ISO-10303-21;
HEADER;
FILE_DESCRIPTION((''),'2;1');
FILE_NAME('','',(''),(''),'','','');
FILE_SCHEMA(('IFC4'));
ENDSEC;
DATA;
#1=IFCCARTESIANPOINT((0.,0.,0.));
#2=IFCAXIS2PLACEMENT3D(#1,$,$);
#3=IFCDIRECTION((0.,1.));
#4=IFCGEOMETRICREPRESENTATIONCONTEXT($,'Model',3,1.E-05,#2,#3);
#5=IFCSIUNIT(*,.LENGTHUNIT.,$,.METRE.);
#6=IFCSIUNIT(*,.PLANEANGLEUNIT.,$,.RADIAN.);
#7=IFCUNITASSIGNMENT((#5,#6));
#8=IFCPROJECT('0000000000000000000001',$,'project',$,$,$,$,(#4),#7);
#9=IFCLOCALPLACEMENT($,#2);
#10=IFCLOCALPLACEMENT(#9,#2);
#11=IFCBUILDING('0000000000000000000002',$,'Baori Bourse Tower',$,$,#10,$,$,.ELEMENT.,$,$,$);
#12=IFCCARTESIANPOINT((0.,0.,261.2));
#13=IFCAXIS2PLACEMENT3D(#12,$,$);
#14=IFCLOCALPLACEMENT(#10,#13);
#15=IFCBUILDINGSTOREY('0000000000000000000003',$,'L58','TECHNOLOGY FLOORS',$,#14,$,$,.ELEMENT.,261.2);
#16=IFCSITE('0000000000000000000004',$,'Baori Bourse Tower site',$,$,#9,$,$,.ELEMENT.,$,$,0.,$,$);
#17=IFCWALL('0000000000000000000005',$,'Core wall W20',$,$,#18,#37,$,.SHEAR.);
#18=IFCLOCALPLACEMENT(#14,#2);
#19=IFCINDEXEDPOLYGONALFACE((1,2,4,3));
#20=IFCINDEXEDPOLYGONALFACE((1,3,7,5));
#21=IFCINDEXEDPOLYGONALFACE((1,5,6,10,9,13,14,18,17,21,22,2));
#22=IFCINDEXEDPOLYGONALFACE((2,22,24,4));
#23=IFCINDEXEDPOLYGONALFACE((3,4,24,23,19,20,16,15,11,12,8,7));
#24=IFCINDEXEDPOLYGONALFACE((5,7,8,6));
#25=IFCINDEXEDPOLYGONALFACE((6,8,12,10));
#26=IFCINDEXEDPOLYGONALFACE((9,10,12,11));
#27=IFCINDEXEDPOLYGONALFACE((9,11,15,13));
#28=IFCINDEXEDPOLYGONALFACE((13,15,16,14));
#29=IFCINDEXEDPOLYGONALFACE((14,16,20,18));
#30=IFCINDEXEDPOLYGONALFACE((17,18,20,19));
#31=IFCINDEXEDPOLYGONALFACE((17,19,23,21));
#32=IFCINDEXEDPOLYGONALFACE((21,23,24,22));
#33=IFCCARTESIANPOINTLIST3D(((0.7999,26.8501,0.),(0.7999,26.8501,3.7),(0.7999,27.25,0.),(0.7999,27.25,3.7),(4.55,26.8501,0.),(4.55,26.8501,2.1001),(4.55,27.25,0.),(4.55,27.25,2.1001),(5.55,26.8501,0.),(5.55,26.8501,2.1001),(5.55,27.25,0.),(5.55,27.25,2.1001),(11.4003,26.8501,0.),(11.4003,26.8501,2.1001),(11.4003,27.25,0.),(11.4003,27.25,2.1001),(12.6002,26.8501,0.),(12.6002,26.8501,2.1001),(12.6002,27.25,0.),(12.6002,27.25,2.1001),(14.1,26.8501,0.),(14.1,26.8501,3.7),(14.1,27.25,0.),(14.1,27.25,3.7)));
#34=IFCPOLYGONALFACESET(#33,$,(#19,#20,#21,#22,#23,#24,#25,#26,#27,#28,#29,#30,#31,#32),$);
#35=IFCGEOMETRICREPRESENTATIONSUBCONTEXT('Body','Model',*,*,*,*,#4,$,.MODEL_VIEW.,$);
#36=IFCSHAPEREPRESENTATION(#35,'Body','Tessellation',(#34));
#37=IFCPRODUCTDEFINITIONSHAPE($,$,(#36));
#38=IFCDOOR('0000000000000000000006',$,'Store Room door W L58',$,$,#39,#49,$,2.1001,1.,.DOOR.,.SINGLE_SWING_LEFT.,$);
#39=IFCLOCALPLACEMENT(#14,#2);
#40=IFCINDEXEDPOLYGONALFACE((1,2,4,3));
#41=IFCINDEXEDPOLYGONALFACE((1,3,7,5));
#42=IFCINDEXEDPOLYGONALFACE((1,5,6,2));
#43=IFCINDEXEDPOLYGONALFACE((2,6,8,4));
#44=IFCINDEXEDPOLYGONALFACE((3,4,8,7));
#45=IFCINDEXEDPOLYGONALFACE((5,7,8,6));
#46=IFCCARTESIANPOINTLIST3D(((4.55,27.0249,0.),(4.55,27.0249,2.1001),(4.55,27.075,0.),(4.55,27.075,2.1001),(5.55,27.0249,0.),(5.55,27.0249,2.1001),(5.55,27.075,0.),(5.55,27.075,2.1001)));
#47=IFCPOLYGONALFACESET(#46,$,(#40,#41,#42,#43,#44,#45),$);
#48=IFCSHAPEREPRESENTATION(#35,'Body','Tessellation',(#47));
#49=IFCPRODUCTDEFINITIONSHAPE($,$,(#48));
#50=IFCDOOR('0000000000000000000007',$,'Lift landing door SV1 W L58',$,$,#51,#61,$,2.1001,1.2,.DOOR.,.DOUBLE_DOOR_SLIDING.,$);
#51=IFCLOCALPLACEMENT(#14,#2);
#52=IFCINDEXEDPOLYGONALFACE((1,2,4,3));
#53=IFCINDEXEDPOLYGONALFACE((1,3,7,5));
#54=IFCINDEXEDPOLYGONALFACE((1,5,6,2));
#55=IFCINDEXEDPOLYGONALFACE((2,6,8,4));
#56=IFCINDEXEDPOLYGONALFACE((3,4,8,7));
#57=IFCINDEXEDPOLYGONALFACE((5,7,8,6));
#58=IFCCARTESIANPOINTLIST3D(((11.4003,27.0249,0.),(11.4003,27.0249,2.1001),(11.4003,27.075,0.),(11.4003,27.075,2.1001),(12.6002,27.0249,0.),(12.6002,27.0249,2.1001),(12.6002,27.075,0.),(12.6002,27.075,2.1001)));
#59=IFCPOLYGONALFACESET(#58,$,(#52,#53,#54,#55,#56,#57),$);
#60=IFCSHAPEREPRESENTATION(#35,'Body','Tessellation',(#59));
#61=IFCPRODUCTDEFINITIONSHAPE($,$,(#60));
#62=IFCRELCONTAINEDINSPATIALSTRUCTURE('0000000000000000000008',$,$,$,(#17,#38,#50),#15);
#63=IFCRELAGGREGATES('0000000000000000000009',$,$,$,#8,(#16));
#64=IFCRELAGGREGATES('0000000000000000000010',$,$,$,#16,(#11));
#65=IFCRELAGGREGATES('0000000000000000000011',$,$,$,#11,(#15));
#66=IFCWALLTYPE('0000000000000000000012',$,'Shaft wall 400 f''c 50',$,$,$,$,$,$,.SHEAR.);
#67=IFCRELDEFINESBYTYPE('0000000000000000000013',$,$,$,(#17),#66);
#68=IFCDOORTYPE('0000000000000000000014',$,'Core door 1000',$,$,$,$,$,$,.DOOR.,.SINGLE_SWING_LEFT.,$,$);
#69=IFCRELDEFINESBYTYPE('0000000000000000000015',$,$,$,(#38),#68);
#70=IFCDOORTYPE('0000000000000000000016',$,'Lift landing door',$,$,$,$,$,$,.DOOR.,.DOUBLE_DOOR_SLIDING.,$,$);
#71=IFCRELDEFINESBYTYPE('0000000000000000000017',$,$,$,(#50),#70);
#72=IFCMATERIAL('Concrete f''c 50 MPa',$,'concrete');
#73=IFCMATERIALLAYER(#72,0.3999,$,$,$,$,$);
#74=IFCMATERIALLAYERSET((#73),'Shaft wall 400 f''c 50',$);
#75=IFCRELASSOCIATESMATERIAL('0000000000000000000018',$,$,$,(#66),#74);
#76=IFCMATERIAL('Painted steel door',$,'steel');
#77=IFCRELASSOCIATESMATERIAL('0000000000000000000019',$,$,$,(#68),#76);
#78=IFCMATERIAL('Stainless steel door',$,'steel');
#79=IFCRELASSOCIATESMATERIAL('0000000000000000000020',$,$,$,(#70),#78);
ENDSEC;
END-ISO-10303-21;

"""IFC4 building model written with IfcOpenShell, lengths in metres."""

from ifc_helpers import new_model, si_unit, direction, frame, frame_2d, origin, place, context, subcontext, project, spatial, rectangle, extrude, material, layer, layer_set, type_object, element, fill, save


model = new_model("IFC4")

# Units and contexts
model_context = context("Model", 3, precision=1e-05, world=origin(), true_north=direction((0.0, 1.0)))
body_context = subcontext(model_context, "Body", "Model", "MODEL_VIEW")
ifc_project = project(units=[si_unit("LENGTHUNIT", "METRE"), si_unit("PLANEANGLEUNIT", "RADIAN")], contexts=[model_context])

# Site, building, storey
site_placement = place(None, origin())
site = spatial("IfcSite", under=ifc_project, at=site_placement, Name="Baori Bourse Tower site", CompositionType="ELEMENT", RefElevation=0.0)
building_placement = place(site_placement, origin())
building = spatial("IfcBuilding", under=site, at=building_placement, Name="Baori Bourse Tower", CompositionType="ELEMENT")
storey_placement = place(building_placement, frame((0.0, 0.0, 261.2)))
storey = spatial("IfcBuildingStorey", under=building, at=storey_placement, Name="L58", Description="TECHNOLOGY FLOORS", CompositionType="ELEMENT", Elevation=261.2)

# Wall, openings, doors
ifc_material_1 = material(Name="Concrete f'c 50 MPa", Category="concrete")
ifc_layer_1 = layer(ifc_material_1, 0.3999)
ifc_layer_set_1 = layer_set([ifc_layer_1], Name="Shaft wall 400 f'c 50")
wall_type_1 = type_object("IfcWallType", Name="Shaft wall 400 f'c 50", PredefinedType="SHEAR", material=ifc_layer_set_1)
wall_1_placement = place(storey_placement, frame((0.8, 27.05, 0.0), z_axis=(0.0, 0.0, 1.0), x_axis=(1.0, 0.0, 0.0)))
wall_1 = element("IfcWall", 1, at=wall_1_placement, inside=storey, type_object=wall_type_1, Name="Core wall W20", PredefinedType="SHEAR", context=body_context, shape_type="SweptSolid", body=[
    extrude(rectangle(XDim=13.3, YDim=0.3999, at=frame_2d((6.6499, 0.0))), origin(), (0.0, 0.0, 1.0), 3.7),
])
opening_1_placement = place(wall_1_placement, frame((3.75, 0.0, 0.0)))
opening_1 = element("IfcOpeningElement", 2, at=opening_1_placement, cuts=wall_1, PredefinedType="OPENING", context=body_context, shape_type="SweptSolid", body=[
    extrude(rectangle(XDim=1.0, YDim=2.1001, at=frame_2d((0.5, 1.05))), frame((0.0, 0.21, 0.0), z_axis=(0.0, -1.0, 0.0), x_axis=(1.0, 0.0, 0.0)), (0.0, 0.0, 1.0), 0.4199),
])
opening_2_placement = place(wall_1_placement, frame((10.6001, 0.0, 0.0)))
opening_2 = element("IfcOpeningElement", 3, at=opening_2_placement, cuts=wall_1, PredefinedType="OPENING", context=body_context, shape_type="SweptSolid", body=[
    extrude(rectangle(XDim=1.2, YDim=2.1001, at=frame_2d((0.6001, 1.05))), frame((0.0, 0.21, 0.0), z_axis=(0.0, -1.0, 0.0), x_axis=(1.0, 0.0, 0.0)), (0.0, 0.0, 1.0), 0.4199),
])
ifc_material_2 = material(Name="Painted steel door", Category="steel")
door_type_1 = type_object("IfcDoorType", Name="Core door 1000", OperationType="SINGLE_SWING_LEFT", PredefinedType="DOOR", material=ifc_material_2)
door_1_placement = place(opening_1_placement, origin())
door_1 = element("IfcDoor", 4, at=door_1_placement, inside=storey, type_object=door_type_1, Name="Store Room door W L58", OperationType="SINGLE_SWING_LEFT", OverallHeight=2.1001, OverallWidth=1.0, PredefinedType="DOOR", context=body_context, shape_type="SweptSolid", body=[
    extrude(rectangle(XDim=1.0, YDim=2.1001, at=frame_2d((0.5, 1.05))), frame((0.0, 0.0249, 0.0), z_axis=(0.0, -1.0, 0.0), x_axis=(1.0, 0.0, 0.0)), (0.0, 0.0, 1.0), 0.05),
])
fill(opening_1, door_1)
ifc_material_3 = material(Name="Stainless steel door", Category="steel")
door_type_2 = type_object("IfcDoorType", Name="Lift landing door", OperationType="DOUBLE_DOOR_SLIDING", PredefinedType="DOOR", material=ifc_material_3)
door_2_placement = place(opening_2_placement, origin())
door_2 = element("IfcDoor", 5, at=door_2_placement, inside=storey, type_object=door_type_2, Name="Lift landing door SV1 W L58", OperationType="DOUBLE_DOOR_SLIDING", OverallHeight=2.1001, OverallWidth=1.2, PredefinedType="DOOR", context=body_context, shape_type="SweptSolid", body=[
    extrude(rectangle(XDim=1.2, YDim=2.1001, at=frame_2d((0.6001, 1.05))), frame((0.0, 0.0249, 0.0), z_axis=(0.0, -1.0, 0.0), x_axis=(1.0, 0.0, 0.0)), (0.0, 0.0, 1.0), 0.05),
])
fill(opening_2, door_2)

save(model, "model.ifc")
